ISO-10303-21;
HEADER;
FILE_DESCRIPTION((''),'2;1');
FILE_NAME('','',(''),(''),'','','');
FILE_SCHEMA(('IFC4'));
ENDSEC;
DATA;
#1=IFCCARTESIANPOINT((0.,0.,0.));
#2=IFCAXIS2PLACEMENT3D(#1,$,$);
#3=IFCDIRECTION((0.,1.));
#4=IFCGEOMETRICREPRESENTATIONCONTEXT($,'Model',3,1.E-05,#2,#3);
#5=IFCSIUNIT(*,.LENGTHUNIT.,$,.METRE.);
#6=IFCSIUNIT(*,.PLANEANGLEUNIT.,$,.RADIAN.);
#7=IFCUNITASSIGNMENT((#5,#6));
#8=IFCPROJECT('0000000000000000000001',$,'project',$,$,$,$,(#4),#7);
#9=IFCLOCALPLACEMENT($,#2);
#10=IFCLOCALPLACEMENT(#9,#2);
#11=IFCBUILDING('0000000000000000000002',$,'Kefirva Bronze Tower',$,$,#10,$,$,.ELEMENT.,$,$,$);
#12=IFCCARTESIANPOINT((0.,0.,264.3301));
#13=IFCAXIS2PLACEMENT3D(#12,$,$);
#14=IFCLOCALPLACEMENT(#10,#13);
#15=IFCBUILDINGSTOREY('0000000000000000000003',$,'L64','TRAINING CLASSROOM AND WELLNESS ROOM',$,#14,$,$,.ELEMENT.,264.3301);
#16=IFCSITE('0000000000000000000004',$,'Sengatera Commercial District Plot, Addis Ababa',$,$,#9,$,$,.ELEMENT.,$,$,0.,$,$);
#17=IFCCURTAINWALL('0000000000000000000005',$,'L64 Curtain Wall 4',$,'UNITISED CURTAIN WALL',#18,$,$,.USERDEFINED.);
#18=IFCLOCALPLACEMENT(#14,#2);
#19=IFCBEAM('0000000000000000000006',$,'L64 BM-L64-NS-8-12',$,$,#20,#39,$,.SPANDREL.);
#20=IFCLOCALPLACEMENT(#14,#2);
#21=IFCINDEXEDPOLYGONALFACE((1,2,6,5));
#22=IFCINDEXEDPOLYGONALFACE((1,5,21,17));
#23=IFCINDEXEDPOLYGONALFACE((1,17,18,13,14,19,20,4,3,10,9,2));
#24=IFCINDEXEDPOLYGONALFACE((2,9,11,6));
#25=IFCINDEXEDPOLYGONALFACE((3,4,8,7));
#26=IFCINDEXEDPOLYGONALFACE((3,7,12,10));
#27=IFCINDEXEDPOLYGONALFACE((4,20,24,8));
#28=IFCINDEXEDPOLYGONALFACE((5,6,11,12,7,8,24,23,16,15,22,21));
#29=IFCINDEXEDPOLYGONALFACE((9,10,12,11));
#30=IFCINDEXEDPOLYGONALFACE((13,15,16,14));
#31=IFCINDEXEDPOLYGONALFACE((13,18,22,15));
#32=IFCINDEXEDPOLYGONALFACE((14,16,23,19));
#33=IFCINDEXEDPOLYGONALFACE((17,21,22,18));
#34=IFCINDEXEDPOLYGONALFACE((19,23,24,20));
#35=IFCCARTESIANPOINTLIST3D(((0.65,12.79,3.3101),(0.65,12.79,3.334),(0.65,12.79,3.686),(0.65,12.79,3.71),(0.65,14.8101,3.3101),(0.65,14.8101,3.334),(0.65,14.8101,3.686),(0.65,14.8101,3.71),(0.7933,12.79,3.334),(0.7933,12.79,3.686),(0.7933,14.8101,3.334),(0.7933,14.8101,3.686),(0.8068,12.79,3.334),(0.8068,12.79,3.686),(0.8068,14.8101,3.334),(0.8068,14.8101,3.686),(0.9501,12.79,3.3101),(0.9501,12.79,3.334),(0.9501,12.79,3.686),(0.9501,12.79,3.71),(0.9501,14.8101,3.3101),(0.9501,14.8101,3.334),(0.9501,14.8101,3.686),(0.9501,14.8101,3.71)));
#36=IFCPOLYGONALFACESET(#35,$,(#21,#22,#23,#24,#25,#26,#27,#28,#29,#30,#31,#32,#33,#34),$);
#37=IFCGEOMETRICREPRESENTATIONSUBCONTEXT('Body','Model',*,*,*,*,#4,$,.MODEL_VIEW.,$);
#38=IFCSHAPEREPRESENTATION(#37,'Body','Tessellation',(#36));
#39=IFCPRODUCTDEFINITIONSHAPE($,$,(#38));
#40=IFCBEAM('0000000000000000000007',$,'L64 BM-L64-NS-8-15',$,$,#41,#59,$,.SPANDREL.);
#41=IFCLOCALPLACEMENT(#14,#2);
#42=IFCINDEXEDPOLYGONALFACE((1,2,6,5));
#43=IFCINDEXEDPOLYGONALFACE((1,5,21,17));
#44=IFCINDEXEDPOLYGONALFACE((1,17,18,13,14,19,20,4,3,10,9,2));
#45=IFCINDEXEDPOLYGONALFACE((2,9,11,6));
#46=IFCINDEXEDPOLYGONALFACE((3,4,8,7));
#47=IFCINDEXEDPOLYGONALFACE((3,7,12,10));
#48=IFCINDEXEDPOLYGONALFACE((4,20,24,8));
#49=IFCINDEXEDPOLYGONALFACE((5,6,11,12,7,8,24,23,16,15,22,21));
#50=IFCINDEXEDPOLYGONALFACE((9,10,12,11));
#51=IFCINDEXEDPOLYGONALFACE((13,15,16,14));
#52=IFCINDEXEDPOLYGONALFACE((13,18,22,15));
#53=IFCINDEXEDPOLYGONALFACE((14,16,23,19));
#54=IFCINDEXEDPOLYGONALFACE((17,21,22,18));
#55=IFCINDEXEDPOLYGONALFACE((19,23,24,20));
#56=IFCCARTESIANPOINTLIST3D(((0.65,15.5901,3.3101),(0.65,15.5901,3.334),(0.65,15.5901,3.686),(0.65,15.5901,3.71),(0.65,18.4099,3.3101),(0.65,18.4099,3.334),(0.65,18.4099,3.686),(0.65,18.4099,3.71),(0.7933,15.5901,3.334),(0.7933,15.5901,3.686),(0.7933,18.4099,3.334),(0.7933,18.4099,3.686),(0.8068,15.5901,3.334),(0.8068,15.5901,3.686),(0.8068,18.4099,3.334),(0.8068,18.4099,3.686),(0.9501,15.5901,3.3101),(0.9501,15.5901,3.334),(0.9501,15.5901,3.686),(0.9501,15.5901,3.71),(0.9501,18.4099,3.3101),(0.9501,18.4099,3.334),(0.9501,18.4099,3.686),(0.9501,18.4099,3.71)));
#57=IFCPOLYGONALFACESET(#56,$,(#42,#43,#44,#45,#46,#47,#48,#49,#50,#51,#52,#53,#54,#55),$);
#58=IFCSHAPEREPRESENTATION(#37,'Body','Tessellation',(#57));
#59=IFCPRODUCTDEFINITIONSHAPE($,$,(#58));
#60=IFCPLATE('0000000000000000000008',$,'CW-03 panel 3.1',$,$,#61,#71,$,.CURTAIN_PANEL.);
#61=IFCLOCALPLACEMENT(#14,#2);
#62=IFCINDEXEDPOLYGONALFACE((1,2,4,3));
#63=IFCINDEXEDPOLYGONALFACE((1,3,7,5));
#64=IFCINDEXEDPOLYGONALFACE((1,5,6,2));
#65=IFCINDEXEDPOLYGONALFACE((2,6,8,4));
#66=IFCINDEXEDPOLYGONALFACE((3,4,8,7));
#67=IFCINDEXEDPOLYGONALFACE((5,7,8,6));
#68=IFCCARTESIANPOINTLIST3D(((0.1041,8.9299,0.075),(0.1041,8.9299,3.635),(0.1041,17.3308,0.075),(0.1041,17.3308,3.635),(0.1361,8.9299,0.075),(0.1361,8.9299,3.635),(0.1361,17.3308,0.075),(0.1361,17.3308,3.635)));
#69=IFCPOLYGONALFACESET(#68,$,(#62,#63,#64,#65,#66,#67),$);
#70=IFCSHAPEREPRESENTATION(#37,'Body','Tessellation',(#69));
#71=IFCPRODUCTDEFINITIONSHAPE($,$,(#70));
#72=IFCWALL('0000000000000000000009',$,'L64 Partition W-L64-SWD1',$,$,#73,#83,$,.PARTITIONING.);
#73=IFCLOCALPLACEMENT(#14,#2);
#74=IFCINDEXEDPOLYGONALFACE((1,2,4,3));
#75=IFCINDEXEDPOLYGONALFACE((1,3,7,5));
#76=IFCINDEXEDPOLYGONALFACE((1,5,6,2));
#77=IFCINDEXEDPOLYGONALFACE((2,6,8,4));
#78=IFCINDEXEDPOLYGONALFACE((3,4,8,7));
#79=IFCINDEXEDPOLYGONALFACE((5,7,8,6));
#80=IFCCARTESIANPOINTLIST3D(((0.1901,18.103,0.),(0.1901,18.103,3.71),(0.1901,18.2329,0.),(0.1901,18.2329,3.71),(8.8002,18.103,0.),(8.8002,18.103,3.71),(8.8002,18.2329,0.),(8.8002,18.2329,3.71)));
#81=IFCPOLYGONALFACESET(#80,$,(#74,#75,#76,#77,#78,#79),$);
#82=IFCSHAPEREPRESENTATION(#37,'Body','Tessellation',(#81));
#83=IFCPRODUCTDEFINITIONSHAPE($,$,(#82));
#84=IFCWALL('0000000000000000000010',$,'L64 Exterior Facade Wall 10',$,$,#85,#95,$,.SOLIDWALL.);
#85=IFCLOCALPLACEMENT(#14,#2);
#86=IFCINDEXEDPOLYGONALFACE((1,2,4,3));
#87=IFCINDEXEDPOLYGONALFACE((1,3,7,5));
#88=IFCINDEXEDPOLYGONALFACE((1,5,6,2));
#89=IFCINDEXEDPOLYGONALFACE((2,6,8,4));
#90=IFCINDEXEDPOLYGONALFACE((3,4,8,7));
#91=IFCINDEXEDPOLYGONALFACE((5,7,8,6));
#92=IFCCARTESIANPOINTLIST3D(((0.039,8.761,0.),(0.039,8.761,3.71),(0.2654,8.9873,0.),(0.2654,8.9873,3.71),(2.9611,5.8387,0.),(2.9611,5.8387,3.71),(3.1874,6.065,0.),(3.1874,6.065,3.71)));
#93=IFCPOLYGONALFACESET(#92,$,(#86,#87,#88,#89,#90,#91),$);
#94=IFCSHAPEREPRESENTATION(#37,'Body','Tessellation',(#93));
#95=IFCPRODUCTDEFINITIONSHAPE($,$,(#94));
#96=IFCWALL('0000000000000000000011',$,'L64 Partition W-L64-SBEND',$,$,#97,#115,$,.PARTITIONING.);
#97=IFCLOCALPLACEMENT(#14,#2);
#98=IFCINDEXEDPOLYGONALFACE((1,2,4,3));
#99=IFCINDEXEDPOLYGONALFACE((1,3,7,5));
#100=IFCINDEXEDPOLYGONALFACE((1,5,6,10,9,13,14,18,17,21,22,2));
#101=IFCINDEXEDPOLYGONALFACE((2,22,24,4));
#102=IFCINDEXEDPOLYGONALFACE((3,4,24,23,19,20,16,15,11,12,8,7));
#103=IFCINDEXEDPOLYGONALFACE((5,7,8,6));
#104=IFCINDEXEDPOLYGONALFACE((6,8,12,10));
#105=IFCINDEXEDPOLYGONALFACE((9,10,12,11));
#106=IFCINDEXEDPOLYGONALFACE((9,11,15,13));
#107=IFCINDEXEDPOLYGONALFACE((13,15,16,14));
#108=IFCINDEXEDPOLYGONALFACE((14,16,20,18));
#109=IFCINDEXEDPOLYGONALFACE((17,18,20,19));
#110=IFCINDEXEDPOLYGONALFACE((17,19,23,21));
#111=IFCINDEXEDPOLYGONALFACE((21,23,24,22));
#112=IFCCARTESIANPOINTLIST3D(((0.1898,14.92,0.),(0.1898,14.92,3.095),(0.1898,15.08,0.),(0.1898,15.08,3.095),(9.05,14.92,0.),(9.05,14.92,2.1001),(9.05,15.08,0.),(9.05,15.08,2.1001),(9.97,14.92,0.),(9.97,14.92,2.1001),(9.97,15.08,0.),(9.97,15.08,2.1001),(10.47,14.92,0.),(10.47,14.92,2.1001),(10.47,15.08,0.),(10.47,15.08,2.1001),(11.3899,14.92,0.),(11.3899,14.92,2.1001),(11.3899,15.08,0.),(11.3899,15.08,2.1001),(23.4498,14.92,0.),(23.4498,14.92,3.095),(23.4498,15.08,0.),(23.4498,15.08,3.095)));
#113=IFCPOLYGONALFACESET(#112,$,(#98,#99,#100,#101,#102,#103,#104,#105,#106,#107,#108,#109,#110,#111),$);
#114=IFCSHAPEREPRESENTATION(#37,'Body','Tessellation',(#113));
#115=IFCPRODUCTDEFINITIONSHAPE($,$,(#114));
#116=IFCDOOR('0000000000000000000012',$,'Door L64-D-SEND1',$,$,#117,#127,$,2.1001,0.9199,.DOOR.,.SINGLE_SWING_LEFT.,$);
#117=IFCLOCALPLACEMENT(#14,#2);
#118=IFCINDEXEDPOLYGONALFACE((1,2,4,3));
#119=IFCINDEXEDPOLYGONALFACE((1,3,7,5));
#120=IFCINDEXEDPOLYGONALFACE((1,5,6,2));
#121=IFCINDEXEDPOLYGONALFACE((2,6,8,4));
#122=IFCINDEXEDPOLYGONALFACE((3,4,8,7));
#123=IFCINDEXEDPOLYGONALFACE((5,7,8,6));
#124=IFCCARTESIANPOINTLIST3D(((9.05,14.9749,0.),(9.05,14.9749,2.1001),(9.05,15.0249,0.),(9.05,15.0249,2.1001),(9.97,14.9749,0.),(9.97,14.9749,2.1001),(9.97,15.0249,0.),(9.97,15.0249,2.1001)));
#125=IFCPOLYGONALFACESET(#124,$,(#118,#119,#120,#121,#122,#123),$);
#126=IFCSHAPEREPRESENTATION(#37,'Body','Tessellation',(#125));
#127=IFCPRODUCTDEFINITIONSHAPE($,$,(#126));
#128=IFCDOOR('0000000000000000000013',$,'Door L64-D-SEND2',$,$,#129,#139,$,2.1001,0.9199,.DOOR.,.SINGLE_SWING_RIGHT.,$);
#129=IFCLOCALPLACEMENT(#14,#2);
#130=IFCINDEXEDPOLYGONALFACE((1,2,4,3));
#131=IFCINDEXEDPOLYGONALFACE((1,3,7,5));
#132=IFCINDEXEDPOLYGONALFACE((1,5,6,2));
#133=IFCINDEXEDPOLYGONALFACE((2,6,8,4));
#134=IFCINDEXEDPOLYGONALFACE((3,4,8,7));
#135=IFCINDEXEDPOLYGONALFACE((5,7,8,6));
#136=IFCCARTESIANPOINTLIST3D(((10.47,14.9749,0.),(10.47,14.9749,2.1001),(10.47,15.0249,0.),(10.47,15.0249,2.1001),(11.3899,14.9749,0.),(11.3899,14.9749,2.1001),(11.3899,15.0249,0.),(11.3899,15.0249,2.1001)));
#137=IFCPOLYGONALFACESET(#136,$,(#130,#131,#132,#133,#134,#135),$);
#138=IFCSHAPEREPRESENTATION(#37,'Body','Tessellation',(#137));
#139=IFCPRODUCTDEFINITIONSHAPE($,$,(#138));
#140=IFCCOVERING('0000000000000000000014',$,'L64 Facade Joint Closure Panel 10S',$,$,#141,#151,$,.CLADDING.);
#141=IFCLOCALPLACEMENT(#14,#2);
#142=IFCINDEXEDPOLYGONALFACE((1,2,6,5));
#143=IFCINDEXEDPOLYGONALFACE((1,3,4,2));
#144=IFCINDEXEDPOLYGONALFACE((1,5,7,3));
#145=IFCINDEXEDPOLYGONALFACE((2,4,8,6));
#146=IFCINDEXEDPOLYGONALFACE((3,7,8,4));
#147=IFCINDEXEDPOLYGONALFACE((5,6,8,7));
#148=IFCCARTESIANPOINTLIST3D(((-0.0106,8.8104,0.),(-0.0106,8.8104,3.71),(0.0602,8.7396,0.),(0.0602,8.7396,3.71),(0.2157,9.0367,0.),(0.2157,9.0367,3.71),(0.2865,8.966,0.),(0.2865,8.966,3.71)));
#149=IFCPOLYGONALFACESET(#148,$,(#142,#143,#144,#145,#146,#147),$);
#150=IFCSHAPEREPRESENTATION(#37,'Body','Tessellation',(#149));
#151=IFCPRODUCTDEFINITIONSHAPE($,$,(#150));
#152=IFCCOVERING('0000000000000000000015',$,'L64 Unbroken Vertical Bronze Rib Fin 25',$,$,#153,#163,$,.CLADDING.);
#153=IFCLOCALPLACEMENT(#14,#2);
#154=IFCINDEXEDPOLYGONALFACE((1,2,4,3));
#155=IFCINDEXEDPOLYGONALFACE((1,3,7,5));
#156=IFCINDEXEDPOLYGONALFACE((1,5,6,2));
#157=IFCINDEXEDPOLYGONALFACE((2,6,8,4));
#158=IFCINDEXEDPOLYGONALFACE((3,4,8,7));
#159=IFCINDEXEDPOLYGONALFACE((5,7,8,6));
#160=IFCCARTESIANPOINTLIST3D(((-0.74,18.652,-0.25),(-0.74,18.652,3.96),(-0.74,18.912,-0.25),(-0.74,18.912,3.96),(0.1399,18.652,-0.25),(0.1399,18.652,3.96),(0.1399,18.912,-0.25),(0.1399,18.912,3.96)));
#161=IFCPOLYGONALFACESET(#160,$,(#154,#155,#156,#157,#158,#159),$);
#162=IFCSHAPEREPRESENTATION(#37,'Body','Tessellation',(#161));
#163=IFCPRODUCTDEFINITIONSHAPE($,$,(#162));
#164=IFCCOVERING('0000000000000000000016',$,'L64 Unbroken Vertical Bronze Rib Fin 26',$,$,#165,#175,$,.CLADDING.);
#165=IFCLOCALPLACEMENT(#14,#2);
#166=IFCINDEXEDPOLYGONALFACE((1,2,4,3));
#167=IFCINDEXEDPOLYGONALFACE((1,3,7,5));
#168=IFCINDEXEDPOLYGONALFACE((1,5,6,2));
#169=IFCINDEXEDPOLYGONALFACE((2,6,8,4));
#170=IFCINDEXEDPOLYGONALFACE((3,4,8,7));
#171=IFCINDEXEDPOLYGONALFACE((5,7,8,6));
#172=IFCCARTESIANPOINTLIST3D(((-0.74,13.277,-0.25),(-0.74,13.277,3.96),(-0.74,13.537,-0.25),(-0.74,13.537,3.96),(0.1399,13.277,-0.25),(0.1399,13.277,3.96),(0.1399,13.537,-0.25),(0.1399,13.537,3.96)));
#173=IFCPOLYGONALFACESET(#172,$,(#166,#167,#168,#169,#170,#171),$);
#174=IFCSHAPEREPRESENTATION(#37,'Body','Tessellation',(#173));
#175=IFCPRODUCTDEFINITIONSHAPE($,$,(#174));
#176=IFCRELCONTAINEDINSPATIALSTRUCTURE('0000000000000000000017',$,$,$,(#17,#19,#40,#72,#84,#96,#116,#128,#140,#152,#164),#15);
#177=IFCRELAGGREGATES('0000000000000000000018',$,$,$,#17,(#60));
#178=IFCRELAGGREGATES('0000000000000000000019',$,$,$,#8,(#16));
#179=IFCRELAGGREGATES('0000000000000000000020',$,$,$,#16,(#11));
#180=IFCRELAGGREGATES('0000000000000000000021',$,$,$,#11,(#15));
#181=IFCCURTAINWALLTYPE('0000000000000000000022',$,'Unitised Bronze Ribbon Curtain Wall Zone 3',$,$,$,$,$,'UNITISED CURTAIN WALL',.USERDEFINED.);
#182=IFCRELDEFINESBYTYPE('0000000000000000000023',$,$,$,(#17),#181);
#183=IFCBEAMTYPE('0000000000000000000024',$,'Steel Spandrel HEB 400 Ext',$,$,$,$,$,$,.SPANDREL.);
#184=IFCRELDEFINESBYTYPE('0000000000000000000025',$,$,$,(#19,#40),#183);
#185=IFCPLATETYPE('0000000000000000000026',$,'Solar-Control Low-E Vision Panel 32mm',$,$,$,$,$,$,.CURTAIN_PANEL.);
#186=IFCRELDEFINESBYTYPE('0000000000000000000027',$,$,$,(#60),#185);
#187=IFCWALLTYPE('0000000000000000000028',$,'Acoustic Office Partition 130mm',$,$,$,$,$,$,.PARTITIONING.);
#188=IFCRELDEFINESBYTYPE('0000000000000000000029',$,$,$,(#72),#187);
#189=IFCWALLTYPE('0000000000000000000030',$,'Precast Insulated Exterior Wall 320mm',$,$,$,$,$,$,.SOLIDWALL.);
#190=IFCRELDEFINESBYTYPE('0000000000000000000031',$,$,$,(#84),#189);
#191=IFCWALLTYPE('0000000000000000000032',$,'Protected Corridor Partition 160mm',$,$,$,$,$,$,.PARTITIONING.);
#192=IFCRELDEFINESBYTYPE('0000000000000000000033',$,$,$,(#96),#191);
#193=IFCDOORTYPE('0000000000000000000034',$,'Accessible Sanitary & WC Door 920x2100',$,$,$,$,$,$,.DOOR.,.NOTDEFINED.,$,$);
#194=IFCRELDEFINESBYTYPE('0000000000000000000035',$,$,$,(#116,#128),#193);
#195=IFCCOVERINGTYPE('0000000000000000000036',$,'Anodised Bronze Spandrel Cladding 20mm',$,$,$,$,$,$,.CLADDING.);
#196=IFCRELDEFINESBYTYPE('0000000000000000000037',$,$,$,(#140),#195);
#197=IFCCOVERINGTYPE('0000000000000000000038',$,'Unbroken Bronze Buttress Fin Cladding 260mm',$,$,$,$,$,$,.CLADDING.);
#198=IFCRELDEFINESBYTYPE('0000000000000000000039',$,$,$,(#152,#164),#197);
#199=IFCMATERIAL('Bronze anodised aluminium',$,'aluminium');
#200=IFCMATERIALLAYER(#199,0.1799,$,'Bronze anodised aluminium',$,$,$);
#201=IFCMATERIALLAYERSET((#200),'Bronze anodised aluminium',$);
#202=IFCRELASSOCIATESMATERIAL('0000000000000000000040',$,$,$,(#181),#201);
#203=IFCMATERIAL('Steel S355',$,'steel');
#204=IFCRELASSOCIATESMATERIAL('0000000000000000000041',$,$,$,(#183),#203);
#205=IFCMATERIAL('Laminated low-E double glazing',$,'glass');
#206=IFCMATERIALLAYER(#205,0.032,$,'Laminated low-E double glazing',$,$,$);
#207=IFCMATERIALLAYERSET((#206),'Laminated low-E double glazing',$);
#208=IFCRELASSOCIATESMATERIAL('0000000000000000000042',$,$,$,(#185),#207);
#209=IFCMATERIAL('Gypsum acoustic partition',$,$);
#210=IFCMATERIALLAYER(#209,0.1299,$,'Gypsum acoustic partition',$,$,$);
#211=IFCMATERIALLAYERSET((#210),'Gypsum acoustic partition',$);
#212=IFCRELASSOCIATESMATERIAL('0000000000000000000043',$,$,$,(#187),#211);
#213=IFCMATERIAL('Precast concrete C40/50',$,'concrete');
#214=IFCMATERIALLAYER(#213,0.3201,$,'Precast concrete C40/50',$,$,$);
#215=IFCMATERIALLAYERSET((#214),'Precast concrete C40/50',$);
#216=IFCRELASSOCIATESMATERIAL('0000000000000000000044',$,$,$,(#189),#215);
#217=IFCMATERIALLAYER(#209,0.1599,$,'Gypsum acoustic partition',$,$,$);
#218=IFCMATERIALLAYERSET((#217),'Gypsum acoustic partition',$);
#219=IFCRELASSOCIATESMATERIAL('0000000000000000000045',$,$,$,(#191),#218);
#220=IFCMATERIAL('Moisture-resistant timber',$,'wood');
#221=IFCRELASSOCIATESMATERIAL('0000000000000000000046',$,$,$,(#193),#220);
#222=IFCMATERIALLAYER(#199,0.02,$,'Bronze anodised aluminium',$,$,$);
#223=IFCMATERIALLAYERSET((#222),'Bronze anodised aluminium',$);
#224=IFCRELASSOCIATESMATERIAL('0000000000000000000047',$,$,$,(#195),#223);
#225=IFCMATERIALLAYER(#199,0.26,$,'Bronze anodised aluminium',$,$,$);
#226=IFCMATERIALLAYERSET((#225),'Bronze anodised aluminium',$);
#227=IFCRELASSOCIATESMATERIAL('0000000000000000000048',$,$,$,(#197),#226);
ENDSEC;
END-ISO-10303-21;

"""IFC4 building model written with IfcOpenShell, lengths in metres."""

from ifc_helpers import new_model, si_unit, direction, frame, frame_2d, origin, origin_2d, place, context, subcontext, project, spatial, rectangle, i_section, extrude, material, layer, layer_set, material_profile, profile_set, type_object, element, fill, aggregate, save


model = new_model("IFC4")

# Units and contexts
model_context = context("Model", 3, precision=1e-05, world=origin(), true_north=direction((0.0, 1.0)))
body_context = subcontext(model_context, "Body", "Model", "MODEL_VIEW")
ifc_project = project(units=[si_unit("LENGTHUNIT", "METRE"), si_unit("PLANEANGLEUNIT", "RADIAN")], contexts=[model_context])

# Site, building, storey
site_placement = place(None, origin())
site = spatial("IfcSite", under=ifc_project, at=site_placement, Name="Sengatera Commercial District Plot, Addis Ababa", CompositionType="ELEMENT", RefElevation=0.0)
building_placement = place(site_placement, origin())
building = spatial("IfcBuilding", under=site, at=building_placement, Name="Kefirva Bronze Tower", CompositionType="ELEMENT")
storey_placement = place(building_placement, frame((0.0, 0.0, 264.3301)))
storey = spatial("IfcBuildingStorey", under=building, at=storey_placement, Name="L64", Description="TRAINING CLASSROOM AND WELLNESS ROOM", CompositionType="ELEMENT", Elevation=264.3301)

# Curtain wall
ifc_material_1 = material(Name="Bronze anodised aluminium", Category="aluminium")
ifc_layer_1 = layer(ifc_material_1, 0.1799, Name="Bronze anodised aluminium")
ifc_layer_set_1 = layer_set([ifc_layer_1], Name="Bronze anodised aluminium")
curtain_wall_type = type_object("IfcCurtainWallType", Name="Unitised Bronze Ribbon Curtain Wall Zone 3", ElementType="UNITISED CURTAIN WALL", PredefinedType="USERDEFINED", material=ifc_layer_set_1)
curtain_wall_placement = place(storey_placement, origin())
curtain_wall = element("IfcCurtainWall", 1, at=curtain_wall_placement, inside=storey, type_object=curtain_wall_type, Name="L64 Curtain Wall 4", ObjectType="UNITISED CURTAIN WALL", PredefinedType="USERDEFINED")

# Beams
ifc_material_2 = material(Name="Steel S355", Category="steel")
ifc_material_profile_1 = material_profile(ifc_material_2, i_section(OverallWidth=0.3, OverallDepth=0.3999, WebThickness=0.0134, FlangeThickness=0.0239, at=origin_2d()), Name="HEB 400")
ifc_profile_set_1 = profile_set([ifc_material_profile_1], Name="Steel S355")
beam_type_1 = type_object("IfcBeamType", Name="Steel Spandrel HEB 400 Ext", PredefinedType="SPANDREL", material=ifc_profile_set_1)
beam_1_placement = place(storey_placement, frame((0.8, 12.79, 3.51), z_axis=(0.0, 1.0, 0.0), x_axis=(-1.0, 0.0, 0.0)))
element("IfcBeam", 2, at=beam_1_placement, inside=storey, type_object=beam_type_1, Name="L64 BM-L64-NS-8-12", PredefinedType="SPANDREL", context=body_context, shape_type="SweptSolid", body=[
    extrude(i_section(OverallWidth=0.3, OverallDepth=0.3999, WebThickness=0.0134, FlangeThickness=0.0239, at=origin_2d()), origin(), (0.0, 0.0, 1.0), 2.02),
])
beam_2_placement = place(storey_placement, frame((0.8, 15.5901, 3.51), z_axis=(0.0, 1.0, 0.0), x_axis=(-1.0, 0.0, 0.0)))
element("IfcBeam", 3, at=beam_2_placement, inside=storey, type_object=beam_type_1, Name="L64 BM-L64-NS-8-15", PredefinedType="SPANDREL", context=body_context, shape_type="SweptSolid", body=[
    extrude(i_section(OverallWidth=0.3, OverallDepth=0.3999, WebThickness=0.0134, FlangeThickness=0.0239, at=origin_2d()), origin(), (0.0, 0.0, 1.0), 2.8198),
])

# Plate
ifc_material_3 = material(Name="Laminated low-E double glazing", Category="glass")
ifc_layer_2 = layer(ifc_material_3, 0.032, Name="Laminated low-E double glazing")
ifc_layer_set_2 = layer_set([ifc_layer_2], Name="Laminated low-E double glazing")
plate_type = type_object("IfcPlateType", Name="Solar-Control Low-E Vision Panel 32mm", PredefinedType="CURTAIN_PANEL", material=ifc_layer_set_2)
plate_placement = place(storey_placement, frame((0.1201, 13.1304, 0.075), z_axis=(0.0, 0.0, 1.0), x_axis=(0.0, -1.0, 0.0)))
plate = element("IfcPlate", 4, at=plate_placement, type_object=plate_type, Name="CW-03 panel 3.1", PredefinedType="CURTAIN_PANEL", context=body_context, shape_type="SweptSolid", body=[
    extrude(rectangle(XDim=8.4009, YDim=0.032, at=origin_2d()), origin(), (0.0, 0.0, 1.0), 3.5601),
])
aggregate(curtain_wall, [plate])

# Walls
ifc_material_4 = material(Name="Gypsum acoustic partition")
ifc_layer_3 = layer(ifc_material_4, 0.1299, Name="Gypsum acoustic partition")
ifc_layer_set_3 = layer_set([ifc_layer_3], Name="Gypsum acoustic partition")
wall_type_1 = type_object("IfcWallType", Name="Acoustic Office Partition 130mm", PredefinedType="PARTITIONING", material=ifc_layer_set_3)
wall_1_placement = place(storey_placement, frame((0.1899, 18.168, 0.0), z_axis=(0.0, 0.0, 1.0), x_axis=(1.0, 0.0, 0.0)))
element("IfcWall", 5, at=wall_1_placement, inside=storey, type_object=wall_type_1, Name="L64 Partition W-L64-SWD1", PredefinedType="PARTITIONING", context=body_context, shape_type="SweptSolid", body=[
    extrude(rectangle(XDim=8.6101, YDim=0.1299, at=frame_2d((4.3052, 0.0))), origin(), (0.0, 0.0, 1.0), 3.71),
])
ifc_material_5 = material(Name="Precast concrete C40/50", Category="concrete")
ifc_layer_4 = layer(ifc_material_5, 0.3201, Name="Precast concrete C40/50")
ifc_layer_set_4 = layer_set([ifc_layer_4], Name="Precast concrete C40/50")
wall_type_2 = type_object("IfcWallType", Name="Precast Insulated Exterior Wall 320mm", PredefinedType="SOLIDWALL", material=ifc_layer_set_4)
wall_2_placement = place(storey_placement, frame((0.1521, 8.8743, 0.0), z_axis=(0.0, 0.0, 1.0), x_axis=(0.707077, -0.707136, 0.0)))
element("IfcWall", 6, at=wall_2_placement, inside=storey, type_object=wall_type_2, Name="L64 Exterior Facade Wall 10", PredefinedType="SOLIDWALL", context=body_context, shape_type="SweptSolid", body=[
    extrude(rectangle(XDim=4.1326, YDim=0.3201, at=frame_2d((2.0664, 0.0))), origin(), (0.0, 0.0, 1.0), 3.71),
])

# Wall, openings, doors
ifc_layer_5 = layer(ifc_material_4, 0.1599, Name="Gypsum acoustic partition")
ifc_layer_set_5 = layer_set([ifc_layer_5], Name="Gypsum acoustic partition")
wall_type_3 = type_object("IfcWallType", Name="Protected Corridor Partition 160mm", PredefinedType="PARTITIONING", material=ifc_layer_set_5)
wall_3_placement = place(storey_placement, frame((0.1899, 15.0, 0.0), z_axis=(0.0, 0.0, 1.0), x_axis=(1.0, 0.0, 0.0)))
wall_3 = element("IfcWall", 7, at=wall_3_placement, inside=storey, type_object=wall_type_3, Name="L64 Partition W-L64-SBEND", PredefinedType="PARTITIONING", context=body_context, shape_type="SweptSolid", body=[
    extrude(rectangle(XDim=23.26, YDim=0.1599, at=frame_2d((11.6299, 0.0))), origin(), (0.0, 0.0, 1.0), 3.095),
])
opening_1_placement = place(wall_3_placement, frame((8.8601, 0.0, 0.0)))
opening_1 = element("IfcOpeningElement", 8, at=opening_1_placement, cuts=wall_3, PredefinedType="OPENING", context=body_context, shape_type="SweptSolid", body=[
    extrude(rectangle(XDim=0.9199, YDim=2.1001, at=frame_2d((0.46, 1.05))), frame((0.0, 0.0898, 0.0), z_axis=(0.0, -1.0, 0.0), x_axis=(1.0, 0.0, 0.0)), (0.0, 0.0, 1.0), 0.1799),
])
opening_2_placement = place(wall_3_placement, frame((10.28, 0.0, 0.0)))
opening_2 = element("IfcOpeningElement", 9, at=opening_2_placement, cuts=wall_3, PredefinedType="OPENING", context=body_context, shape_type="SweptSolid", body=[
    extrude(rectangle(XDim=0.9199, YDim=2.1001, at=frame_2d((0.46, 1.05))), frame((0.0, 0.0898, 0.0), z_axis=(0.0, -1.0, 0.0), x_axis=(1.0, 0.0, 0.0)), (0.0, 0.0, 1.0), 0.1799),
])
ifc_material_6 = material(Name="Moisture-resistant timber", Category="wood")
door_type = type_object("IfcDoorType", Name="Accessible Sanitary & WC Door 920x2100", OperationType="NOTDEFINED", PredefinedType="DOOR", material=ifc_material_6)
door_1_placement = place(opening_1_placement, origin())
door_1 = element("IfcDoor", 10, at=door_1_placement, inside=storey, type_object=door_type, Name="Door L64-D-SEND1", OperationType="SINGLE_SWING_LEFT", OverallHeight=2.1001, OverallWidth=0.9199, PredefinedType="DOOR", context=body_context, shape_type="SweptSolid", body=[
    extrude(rectangle(XDim=0.9199, YDim=2.1001, at=frame_2d((0.46, 1.05))), frame((0.0, 0.0249, 0.0), z_axis=(0.0, -1.0, 0.0), x_axis=(1.0, 0.0, 0.0)), (0.0, 0.0, 1.0), 0.05),
])
fill(opening_1, door_1)
door_2_placement = place(opening_2_placement, origin())
door_2 = element("IfcDoor", 11, at=door_2_placement, inside=storey, type_object=door_type, Name="Door L64-D-SEND2", OperationType="SINGLE_SWING_RIGHT", OverallHeight=2.1001, OverallWidth=0.9199, PredefinedType="DOOR", context=body_context, shape_type="SweptSolid", body=[
    extrude(rectangle(XDim=0.9199, YDim=2.1001, at=frame_2d((0.46, 1.05))), frame((0.0, 0.0249, 0.0), z_axis=(0.0, -1.0, 0.0), x_axis=(1.0, 0.0, 0.0)), (0.0, 0.0, 1.0), 0.05),
])
fill(opening_2, door_2)

# Coverings
ifc_layer_6 = layer(ifc_material_1, 0.02, Name="Bronze anodised aluminium")
ifc_layer_set_6 = layer_set([ifc_layer_6], Name="Bronze anodised aluminium")
covering_type_1 = type_object("IfcCoveringType", Name="Anodised Bronze Spandrel Cladding 20mm", PredefinedType="CLADDING", material=ifc_layer_set_6)
covering_1_placement = place(storey_placement, frame((0.1379, 8.8882, 0.0), z_axis=(0.0, 0.0, 1.0), x_axis=(0.707107, -0.707107, 0.0)))
element("IfcCovering", 12, at=covering_1_placement, inside=storey, type_object=covering_type_1, Name="L64 Facade Joint Closure Panel 10S", PredefinedType="CLADDING", context=body_context, shape_type="SweptSolid", body=[
    extrude(rectangle(XDim=0.1001, YDim=0.3201, at=origin_2d()), origin(), (0.0, 0.0, 1.0), 3.71),
])
ifc_layer_7 = layer(ifc_material_1, 0.26, Name="Bronze anodised aluminium")
ifc_layer_set_7 = layer_set([ifc_layer_7], Name="Bronze anodised aluminium")
covering_type_2 = type_object("IfcCoveringType", Name="Unbroken Bronze Buttress Fin Cladding 260mm", PredefinedType="CLADDING", material=ifc_layer_set_7)
for number, where, z_axis, x_axis, name in (
    (13, (-0.3, 18.782, -0.25), (0.0, 0.0, 1.0), (0.0, -1.0, 0.0), "L64 Unbroken Vertical Bronze Rib Fin 25"),
    (14, (-0.3, 13.407, -0.25), (0.0, 0.0, 1.0), (0.0, -1.0, 0.0), "L64 Unbroken Vertical Bronze Rib Fin 26"),
):
    element("IfcCovering", number, at=place(storey_placement, frame(where, z_axis=z_axis, x_axis=x_axis)), inside=storey, type_object=covering_type_2, Name=name, PredefinedType="CLADDING", context=body_context, shape_type="SweptSolid", body=[
        extrude(rectangle(XDim=0.26, YDim=0.8799, at=origin_2d()), origin(), (0.0, 0.0, 1.0), 4.21),
    ])

save(model, "model.ifc")
